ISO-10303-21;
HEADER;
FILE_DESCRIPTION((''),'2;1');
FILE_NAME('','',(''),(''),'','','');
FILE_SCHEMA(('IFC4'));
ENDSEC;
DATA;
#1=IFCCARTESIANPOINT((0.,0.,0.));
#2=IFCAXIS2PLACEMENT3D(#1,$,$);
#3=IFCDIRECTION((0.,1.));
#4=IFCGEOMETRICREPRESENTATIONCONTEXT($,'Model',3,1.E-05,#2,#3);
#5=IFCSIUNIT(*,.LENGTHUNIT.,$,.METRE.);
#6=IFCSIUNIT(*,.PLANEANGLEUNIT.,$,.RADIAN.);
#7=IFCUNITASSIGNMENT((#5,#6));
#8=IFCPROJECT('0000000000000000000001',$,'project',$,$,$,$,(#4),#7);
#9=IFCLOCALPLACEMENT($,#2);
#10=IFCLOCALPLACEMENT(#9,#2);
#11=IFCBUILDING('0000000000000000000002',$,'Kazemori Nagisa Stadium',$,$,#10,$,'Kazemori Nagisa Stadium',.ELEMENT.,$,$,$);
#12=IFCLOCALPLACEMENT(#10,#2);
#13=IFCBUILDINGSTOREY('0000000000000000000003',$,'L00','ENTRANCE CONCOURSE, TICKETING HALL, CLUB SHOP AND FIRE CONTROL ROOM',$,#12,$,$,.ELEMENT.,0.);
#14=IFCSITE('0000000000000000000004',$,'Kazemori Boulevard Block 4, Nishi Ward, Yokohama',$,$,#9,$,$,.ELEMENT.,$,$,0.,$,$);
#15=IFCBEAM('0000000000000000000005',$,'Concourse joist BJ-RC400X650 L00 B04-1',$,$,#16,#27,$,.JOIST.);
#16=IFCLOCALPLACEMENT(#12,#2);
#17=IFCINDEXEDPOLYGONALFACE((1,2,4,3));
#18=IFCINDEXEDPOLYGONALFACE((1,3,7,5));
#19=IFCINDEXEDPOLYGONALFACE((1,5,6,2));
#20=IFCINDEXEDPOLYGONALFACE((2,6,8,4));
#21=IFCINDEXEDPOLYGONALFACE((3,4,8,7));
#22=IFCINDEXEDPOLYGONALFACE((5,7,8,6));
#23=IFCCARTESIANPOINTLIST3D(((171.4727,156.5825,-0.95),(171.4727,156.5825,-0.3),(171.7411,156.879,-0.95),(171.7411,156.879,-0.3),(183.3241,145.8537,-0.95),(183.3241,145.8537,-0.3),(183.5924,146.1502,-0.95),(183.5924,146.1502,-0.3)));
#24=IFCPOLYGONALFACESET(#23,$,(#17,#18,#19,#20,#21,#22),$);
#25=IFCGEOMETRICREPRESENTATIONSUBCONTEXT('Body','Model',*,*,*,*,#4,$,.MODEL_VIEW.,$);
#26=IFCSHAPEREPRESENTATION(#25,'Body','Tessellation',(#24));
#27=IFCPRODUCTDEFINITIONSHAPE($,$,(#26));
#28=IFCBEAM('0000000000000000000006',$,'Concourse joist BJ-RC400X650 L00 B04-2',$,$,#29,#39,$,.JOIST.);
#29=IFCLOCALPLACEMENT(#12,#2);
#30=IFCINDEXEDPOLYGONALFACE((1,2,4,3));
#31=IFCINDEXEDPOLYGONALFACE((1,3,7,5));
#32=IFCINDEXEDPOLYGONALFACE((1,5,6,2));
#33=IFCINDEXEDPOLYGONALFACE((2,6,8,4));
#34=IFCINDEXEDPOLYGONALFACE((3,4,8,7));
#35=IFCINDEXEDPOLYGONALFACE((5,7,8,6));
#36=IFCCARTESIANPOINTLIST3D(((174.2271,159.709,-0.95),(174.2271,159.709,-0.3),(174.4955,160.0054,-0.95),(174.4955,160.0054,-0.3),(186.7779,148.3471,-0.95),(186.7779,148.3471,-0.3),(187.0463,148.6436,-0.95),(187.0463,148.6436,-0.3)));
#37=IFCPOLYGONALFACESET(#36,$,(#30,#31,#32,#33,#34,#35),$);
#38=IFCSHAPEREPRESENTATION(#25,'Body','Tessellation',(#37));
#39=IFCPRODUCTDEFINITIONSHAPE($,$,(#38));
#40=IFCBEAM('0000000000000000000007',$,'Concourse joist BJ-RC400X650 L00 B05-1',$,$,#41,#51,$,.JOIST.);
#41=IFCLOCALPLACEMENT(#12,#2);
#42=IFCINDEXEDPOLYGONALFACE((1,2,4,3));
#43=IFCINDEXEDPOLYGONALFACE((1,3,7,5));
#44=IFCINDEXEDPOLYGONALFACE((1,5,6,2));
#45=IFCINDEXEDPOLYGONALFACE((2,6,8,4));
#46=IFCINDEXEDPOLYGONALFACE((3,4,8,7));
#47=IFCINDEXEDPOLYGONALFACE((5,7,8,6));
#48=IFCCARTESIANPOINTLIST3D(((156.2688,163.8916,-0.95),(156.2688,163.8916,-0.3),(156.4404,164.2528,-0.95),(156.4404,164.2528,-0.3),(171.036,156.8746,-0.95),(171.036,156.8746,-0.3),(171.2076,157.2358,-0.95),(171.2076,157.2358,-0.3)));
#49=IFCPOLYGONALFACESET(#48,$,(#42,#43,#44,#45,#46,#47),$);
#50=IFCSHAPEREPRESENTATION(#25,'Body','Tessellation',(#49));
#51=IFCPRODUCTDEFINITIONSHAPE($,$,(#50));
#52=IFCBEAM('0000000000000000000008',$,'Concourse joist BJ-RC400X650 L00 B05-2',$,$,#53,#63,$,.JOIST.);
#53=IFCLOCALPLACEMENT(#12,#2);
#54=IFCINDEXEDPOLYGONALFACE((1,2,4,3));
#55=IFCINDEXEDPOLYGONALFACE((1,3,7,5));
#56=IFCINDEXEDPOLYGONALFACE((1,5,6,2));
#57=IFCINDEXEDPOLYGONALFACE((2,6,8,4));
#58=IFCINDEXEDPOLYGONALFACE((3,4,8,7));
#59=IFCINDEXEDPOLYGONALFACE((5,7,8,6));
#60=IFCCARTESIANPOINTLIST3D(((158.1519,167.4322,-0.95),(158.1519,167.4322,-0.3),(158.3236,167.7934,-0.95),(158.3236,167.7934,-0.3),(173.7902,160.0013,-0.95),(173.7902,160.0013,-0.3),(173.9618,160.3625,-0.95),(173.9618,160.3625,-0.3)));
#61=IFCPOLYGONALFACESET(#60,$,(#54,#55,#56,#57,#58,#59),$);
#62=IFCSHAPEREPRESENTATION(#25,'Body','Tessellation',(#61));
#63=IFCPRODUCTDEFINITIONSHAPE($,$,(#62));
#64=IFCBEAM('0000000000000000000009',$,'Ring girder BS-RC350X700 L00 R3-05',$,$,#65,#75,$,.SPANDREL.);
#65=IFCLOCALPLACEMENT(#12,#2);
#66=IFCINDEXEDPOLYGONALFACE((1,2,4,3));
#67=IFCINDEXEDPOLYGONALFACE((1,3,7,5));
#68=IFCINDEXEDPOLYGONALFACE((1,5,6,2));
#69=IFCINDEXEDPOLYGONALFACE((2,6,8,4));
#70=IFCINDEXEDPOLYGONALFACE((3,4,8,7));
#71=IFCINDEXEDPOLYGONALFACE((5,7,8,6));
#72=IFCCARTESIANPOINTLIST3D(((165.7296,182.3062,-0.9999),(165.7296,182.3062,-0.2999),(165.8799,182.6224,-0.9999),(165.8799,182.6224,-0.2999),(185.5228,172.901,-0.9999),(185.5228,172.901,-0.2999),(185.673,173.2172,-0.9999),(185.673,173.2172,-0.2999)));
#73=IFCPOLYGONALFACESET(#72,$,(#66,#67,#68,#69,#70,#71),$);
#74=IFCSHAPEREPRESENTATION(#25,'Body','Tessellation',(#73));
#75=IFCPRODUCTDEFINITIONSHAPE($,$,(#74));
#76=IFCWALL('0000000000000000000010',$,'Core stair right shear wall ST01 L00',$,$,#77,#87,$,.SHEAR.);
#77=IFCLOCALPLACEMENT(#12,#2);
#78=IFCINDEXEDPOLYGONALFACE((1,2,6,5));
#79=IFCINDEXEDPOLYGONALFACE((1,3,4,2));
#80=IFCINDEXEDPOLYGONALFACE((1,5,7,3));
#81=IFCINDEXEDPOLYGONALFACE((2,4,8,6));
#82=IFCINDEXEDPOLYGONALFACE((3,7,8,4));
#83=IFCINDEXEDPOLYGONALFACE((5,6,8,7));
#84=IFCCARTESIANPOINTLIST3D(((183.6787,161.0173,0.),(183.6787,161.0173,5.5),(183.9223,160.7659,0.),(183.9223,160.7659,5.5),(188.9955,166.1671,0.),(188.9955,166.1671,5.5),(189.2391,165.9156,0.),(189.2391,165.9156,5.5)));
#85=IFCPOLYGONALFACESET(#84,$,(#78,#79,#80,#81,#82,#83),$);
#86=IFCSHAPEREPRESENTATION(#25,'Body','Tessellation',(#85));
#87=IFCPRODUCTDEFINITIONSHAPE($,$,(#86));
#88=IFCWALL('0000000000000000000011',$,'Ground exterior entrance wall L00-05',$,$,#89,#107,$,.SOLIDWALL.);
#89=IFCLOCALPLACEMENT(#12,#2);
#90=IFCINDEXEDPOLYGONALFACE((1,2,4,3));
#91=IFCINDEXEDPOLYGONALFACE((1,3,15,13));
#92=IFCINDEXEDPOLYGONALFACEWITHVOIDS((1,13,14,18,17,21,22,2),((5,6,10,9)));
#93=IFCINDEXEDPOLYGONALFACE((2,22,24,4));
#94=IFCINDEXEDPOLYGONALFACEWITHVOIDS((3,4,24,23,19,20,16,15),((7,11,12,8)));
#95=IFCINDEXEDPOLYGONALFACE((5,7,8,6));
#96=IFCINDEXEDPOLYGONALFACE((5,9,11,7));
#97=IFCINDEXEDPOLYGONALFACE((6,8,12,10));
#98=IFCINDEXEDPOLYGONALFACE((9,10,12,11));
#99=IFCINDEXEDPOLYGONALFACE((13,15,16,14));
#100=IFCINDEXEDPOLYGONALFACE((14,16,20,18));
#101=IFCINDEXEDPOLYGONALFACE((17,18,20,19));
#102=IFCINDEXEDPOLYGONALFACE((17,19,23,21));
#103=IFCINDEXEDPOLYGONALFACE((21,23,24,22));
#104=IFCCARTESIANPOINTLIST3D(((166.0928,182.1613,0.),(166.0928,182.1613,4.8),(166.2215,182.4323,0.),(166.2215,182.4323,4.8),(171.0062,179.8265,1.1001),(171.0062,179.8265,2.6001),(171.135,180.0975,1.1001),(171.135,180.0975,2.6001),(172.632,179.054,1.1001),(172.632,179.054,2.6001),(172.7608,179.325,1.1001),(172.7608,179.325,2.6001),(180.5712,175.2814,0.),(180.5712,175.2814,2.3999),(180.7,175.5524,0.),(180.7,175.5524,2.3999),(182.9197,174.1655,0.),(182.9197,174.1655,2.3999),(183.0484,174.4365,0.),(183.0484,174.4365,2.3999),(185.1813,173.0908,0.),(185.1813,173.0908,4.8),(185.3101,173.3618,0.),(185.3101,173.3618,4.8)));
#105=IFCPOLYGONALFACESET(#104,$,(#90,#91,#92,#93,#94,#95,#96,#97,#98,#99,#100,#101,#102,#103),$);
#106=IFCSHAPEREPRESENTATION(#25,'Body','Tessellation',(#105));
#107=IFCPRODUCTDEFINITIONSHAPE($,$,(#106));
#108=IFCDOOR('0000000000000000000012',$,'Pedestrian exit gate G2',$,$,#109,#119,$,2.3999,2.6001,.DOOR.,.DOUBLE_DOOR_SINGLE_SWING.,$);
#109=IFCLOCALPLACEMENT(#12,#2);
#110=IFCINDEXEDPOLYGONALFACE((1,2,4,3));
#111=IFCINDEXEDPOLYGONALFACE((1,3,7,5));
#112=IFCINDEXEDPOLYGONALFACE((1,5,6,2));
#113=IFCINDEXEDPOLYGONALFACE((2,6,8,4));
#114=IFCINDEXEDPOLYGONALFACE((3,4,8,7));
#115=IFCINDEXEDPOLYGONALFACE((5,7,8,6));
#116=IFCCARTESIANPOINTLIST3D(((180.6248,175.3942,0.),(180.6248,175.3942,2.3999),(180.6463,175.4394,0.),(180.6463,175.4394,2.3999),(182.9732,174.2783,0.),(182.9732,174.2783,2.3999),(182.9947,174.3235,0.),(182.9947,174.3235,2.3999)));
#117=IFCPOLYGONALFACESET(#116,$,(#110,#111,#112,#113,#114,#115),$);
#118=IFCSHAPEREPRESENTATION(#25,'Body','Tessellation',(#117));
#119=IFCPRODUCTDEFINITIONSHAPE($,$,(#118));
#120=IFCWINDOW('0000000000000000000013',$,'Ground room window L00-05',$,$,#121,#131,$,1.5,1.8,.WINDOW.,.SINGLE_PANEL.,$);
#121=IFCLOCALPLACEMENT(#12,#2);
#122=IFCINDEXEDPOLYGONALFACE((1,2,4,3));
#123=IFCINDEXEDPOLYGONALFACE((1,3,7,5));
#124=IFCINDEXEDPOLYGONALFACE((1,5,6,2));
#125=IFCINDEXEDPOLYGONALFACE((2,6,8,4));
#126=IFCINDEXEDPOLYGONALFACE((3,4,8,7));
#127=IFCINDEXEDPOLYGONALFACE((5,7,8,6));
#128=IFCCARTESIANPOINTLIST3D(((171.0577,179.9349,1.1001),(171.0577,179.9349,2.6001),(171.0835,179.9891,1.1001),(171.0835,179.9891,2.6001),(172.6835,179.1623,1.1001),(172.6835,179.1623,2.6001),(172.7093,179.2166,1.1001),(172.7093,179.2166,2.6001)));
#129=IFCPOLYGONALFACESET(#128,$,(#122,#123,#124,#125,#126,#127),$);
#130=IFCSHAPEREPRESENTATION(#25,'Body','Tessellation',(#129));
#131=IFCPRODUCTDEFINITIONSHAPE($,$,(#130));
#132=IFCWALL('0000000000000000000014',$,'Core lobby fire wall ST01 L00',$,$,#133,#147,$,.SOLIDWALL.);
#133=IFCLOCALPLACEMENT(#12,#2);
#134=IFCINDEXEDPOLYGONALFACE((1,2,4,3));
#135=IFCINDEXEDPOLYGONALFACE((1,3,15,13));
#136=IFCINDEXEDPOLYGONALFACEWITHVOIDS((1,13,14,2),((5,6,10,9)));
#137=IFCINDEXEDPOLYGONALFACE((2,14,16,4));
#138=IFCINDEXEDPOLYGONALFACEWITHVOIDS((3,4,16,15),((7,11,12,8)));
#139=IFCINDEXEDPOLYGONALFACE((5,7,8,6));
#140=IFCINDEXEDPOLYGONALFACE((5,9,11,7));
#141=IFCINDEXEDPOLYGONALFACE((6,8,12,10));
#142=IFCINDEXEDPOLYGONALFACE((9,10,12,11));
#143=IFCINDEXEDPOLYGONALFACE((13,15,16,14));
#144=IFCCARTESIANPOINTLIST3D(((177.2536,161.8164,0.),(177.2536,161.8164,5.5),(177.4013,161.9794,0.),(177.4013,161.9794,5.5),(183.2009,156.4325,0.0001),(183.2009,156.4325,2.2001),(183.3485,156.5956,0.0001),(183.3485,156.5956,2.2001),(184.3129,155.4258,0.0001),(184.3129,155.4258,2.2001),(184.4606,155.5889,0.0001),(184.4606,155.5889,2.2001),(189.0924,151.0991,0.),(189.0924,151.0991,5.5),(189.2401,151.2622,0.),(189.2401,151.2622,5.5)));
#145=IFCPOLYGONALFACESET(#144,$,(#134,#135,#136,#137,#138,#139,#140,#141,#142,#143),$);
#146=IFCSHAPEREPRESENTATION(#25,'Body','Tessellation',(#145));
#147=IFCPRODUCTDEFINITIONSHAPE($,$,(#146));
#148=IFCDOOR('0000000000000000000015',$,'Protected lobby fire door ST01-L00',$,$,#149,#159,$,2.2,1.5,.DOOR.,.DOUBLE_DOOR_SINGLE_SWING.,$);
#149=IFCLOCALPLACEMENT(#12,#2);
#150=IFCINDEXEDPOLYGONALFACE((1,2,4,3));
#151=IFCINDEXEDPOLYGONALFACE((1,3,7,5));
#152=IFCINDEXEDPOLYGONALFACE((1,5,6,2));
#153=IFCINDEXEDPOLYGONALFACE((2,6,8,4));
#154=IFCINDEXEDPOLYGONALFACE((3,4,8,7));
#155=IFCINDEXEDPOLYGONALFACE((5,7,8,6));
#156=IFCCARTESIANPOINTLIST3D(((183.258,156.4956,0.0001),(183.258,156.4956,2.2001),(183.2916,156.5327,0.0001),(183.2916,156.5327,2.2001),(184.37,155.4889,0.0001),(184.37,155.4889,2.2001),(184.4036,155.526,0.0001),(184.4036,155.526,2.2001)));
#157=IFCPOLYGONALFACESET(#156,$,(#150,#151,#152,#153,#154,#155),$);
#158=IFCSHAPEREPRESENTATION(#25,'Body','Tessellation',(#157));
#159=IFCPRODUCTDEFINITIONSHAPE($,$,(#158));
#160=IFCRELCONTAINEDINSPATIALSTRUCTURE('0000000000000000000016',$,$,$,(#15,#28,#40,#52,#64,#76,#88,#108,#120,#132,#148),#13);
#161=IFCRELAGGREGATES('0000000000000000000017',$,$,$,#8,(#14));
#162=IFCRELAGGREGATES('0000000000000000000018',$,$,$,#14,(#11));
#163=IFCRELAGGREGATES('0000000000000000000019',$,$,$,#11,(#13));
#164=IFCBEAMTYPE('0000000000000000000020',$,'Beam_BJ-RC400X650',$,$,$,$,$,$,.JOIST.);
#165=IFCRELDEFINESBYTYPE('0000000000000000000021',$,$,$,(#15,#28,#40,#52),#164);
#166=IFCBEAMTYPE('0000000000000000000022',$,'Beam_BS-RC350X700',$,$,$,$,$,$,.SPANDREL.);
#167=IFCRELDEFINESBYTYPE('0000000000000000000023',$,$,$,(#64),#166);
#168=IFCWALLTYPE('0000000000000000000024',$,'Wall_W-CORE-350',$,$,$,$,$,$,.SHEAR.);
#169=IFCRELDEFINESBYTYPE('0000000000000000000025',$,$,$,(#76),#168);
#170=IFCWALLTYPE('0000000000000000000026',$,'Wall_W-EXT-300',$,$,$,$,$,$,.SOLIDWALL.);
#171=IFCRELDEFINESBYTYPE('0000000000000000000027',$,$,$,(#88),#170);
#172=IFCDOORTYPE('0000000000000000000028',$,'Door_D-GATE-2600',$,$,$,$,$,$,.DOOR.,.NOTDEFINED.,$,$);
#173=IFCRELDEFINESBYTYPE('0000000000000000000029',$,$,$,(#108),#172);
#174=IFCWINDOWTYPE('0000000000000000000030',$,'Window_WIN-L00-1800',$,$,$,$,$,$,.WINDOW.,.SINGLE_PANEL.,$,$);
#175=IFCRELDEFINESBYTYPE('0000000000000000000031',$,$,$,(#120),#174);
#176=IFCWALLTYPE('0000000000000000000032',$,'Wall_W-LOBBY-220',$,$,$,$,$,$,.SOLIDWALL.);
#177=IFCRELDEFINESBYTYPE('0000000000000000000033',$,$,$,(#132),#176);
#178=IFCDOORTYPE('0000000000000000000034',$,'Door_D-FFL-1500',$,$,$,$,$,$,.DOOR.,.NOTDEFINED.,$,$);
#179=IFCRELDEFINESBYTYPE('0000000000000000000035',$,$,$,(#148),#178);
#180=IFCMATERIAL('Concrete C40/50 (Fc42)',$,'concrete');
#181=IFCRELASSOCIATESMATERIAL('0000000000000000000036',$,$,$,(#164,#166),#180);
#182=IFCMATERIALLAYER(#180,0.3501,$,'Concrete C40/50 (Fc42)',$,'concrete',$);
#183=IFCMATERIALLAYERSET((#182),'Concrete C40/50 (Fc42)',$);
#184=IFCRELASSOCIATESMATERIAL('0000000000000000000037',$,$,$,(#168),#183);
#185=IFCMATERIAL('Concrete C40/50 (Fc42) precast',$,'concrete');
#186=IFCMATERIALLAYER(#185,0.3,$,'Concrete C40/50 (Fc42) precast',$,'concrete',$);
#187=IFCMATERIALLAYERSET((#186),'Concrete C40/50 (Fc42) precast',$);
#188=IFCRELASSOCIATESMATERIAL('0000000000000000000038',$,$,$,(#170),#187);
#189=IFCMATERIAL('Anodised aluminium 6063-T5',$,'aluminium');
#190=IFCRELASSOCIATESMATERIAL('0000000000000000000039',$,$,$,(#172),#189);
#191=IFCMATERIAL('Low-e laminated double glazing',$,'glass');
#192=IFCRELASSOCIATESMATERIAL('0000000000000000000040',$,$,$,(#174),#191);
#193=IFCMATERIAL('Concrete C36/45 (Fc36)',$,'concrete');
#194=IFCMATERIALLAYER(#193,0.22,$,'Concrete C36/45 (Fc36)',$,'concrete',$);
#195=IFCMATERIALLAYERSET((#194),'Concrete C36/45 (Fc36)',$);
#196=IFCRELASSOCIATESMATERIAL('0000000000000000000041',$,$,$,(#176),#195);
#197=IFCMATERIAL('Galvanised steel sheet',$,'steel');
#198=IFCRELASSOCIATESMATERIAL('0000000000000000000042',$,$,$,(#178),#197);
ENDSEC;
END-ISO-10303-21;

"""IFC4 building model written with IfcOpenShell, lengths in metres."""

from ifc_helpers import new_model, si_unit, direction, frame, frame_2d, origin, origin_2d, place, context, subcontext, project, spatial, rectangle, extrude, material, layer, layer_set, material_profile, profile_set, type_object, element, fill, save


model = new_model("IFC4")

# Units and contexts
model_context = context("Model", 3, precision=1e-05, world=origin(), true_north=direction((0.0, 1.0)))
body_context = subcontext(model_context, "Body", "Model", "MODEL_VIEW")
ifc_project = project(units=[si_unit("LENGTHUNIT", "METRE"), si_unit("PLANEANGLEUNIT", "RADIAN")], contexts=[model_context])

# Site, building, storey
site_placement = place(None, origin())
site = spatial("IfcSite", under=ifc_project, at=site_placement, Name="Kazemori Boulevard Block 4, Nishi Ward, Yokohama", CompositionType="ELEMENT", RefElevation=0.0)
building_placement = place(site_placement, origin())
building = spatial("IfcBuilding", under=site, at=building_placement, Name="Kazemori Nagisa Stadium", LongName="Kazemori Nagisa Stadium", CompositionType="ELEMENT")
storey_placement = place(building_placement, origin())
storey = spatial("IfcBuildingStorey", under=building, at=storey_placement, Name="L00", Description="ENTRANCE CONCOURSE, TICKETING HALL, CLUB SHOP AND FIRE CONTROL ROOM", CompositionType="ELEMENT", Elevation=0.0)

# Shared definitions
ifc_material_1 = material(Name="Concrete C40/50 (Fc42)", Category="concrete")

# Beams
ifc_material_profile_1 = material_profile(ifc_material_1, rectangle(XDim=0.3999, YDim=0.6499, at=origin_2d()), Name="RC-BM-400x650")
ifc_profile_set_1 = profile_set([ifc_material_profile_1], Name="Concrete C40/50 (Fc42)")
beam_type_1 = type_object("IfcBeamType", Name="Beam_BJ-RC400X650", PredefinedType="JOIST", material=ifc_profile_set_1)
beam_1_placement = place(storey_placement, frame((183.4583, 146.002, -0.625), z_axis=(-0.741345, 0.671124, 0.0), x_axis=(-0.671124, -0.741345, 0.0)))
element("IfcBeam", 1, at=beam_1_placement, inside=storey, type_object=beam_type_1, Name="Concourse joist BJ-RC400X650 L00 B04-1", PredefinedType="JOIST", context=body_context, shape_type="SweptSolid", body=[
    extrude(rectangle(XDim=0.3999, YDim=0.6499, at=origin_2d()), origin(), (0.0, 0.0, 1.0), 15.9863),
])
beam_2_placement = place(storey_placement, frame((186.9121, 148.4954, -0.625), z_axis=(-0.741349, 0.671119, 0.0), x_axis=(-0.671119, -0.741349, 0.0)))
element("IfcBeam", 2, at=beam_2_placement, inside=storey, type_object=beam_type_1, Name="Concourse joist BJ-RC400X650 L00 B04-2", PredefinedType="JOIST", context=body_context, shape_type="SweptSolid", body=[
    extrude(rectangle(XDim=0.3999, YDim=0.6499, at=origin_2d()), origin(), (0.0, 0.0, 1.0), 16.9297),
])
beam_3_placement = place(storey_placement, frame((171.1218, 157.0552, -0.625), z_axis=(-0.903216, 0.429187, 0.0), x_axis=(-0.429187, -0.903216, 0.0)))
element("IfcBeam", 3, at=beam_3_placement, inside=storey, type_object=beam_type_1, Name="Concourse joist BJ-RC400X650 L00 B05-1", PredefinedType="JOIST", context=body_context, shape_type="SweptSolid", body=[
    extrude(rectangle(XDim=0.3999, YDim=0.6499, at=origin_2d()), origin(), (0.0, 0.0, 1.0), 16.3496),
])
beam_4_placement = place(storey_placement, frame((173.876, 160.1819, -0.625), z_axis=(-0.903215, 0.429187, 0.0), x_axis=(-0.429187, -0.903215, 0.0)))
element("IfcBeam", 4, at=beam_4_placement, inside=storey, type_object=beam_type_1, Name="Concourse joist BJ-RC400X650 L00 B05-2", PredefinedType="JOIST", context=body_context, shape_type="SweptSolid", body=[
    extrude(rectangle(XDim=0.3999, YDim=0.6499, at=origin_2d()), origin(), (0.0, 0.0, 1.0), 17.314),
])
ifc_material_profile_2 = material_profile(ifc_material_1, rectangle(XDim=0.3501, YDim=0.7, at=origin_2d()), Name="RC-SP-350x700")
ifc_profile_set_2 = profile_set([ifc_material_profile_2], Name="Concrete C40/50 (Fc42)")
beam_type_2 = type_object("IfcBeamType", Name="Beam_BS-RC350X700", PredefinedType="SPANDREL", material=ifc_profile_set_2)
beam_5_placement = place(storey_placement, frame((185.5979, 173.0591, -0.6499), z_axis=(-0.903216, 0.429187, 0.0), x_axis=(-0.429187, -0.903216, 0.0)))
element("IfcBeam", 5, at=beam_5_placement, inside=storey, type_object=beam_type_2, Name="Ring girder BS-RC350X700 L00 R3-05", PredefinedType="SPANDREL", context=body_context, shape_type="SweptSolid", body=[
    extrude(rectangle(XDim=0.3501, YDim=0.7, at=origin_2d()), origin(), (0.0, 0.0, 1.0), 21.9141),
])

# Wall
ifc_layer_1 = layer(ifc_material_1, 0.3501, Name="Concrete C40/50 (Fc42)", Category="concrete")
ifc_layer_set_1 = layer_set([ifc_layer_1], Name="Concrete C40/50 (Fc42)")
wall_type_1 = type_object("IfcWallType", Name="Wall_W-CORE-350", PredefinedType="SHEAR", material=ifc_layer_set_1)
wall_1_placement = place(storey_placement, frame((183.8005, 160.8916, 0.0), z_axis=(0.0, 0.0, 1.0), x_axis=(0.718297, 0.695736, 0.0)))
element("IfcWall", 6, at=wall_1_placement, inside=storey, type_object=wall_type_1, Name="Core stair right shear wall ST01 L00", PredefinedType="SHEAR", context=body_context, shape_type="SweptSolid", body=[
    extrude(rectangle(XDim=7.4019, YDim=0.3501, at=frame_2d((3.7009, 0.0))), origin(), (0.0, 0.0, 1.0), 5.5),
])

# Wall, openings, door, window
ifc_material_2 = material(Name="Concrete C40/50 (Fc42) precast", Category="concrete")
ifc_layer_2 = layer(ifc_material_2, 0.3, Name="Concrete C40/50 (Fc42) precast", Category="concrete")
ifc_layer_set_2 = layer_set([ifc_layer_2], Name="Concrete C40/50 (Fc42) precast")
wall_type_2 = type_object("IfcWallType", Name="Wall_W-EXT-300", PredefinedType="SOLIDWALL", material=ifc_layer_set_2)
wall_2_placement = place(storey_placement, frame((185.2456, 173.2263, 0.0), z_axis=(0.0, 0.0, 1.0), x_axis=(-0.903214, 0.42919, 0.0)))
wall_2 = element("IfcWall", 7, at=wall_2_placement, inside=storey, type_object=wall_type_2, Name="Ground exterior entrance wall L00-05", PredefinedType="SOLIDWALL", context=body_context, shape_type="SweptSolid", body=[
    extrude(rectangle(XDim=21.134, YDim=0.3, at=frame_2d((10.5669, 0.0))), origin(), (0.0, 0.0, 1.0), 4.8),
])
opening_1_placement = place(wall_2_placement, frame((2.5039, 0.0, 0.0)))
opening_1 = element("IfcOpeningElement", 8, at=opening_1_placement, cuts=wall_2, PredefinedType="OPENING", context=body_context, shape_type="SweptSolid", body=[
    extrude(rectangle(XDim=2.6001, YDim=2.3999, at=frame_2d((1.3, 1.2))), frame((0.0, 0.1599, 0.0), z_axis=(0.0, -1.0, 0.0), x_axis=(1.0, 0.0, 0.0)), (0.0, 0.0, 1.0), 0.3201),
])
opening_2_placement = place(wall_2_placement, frame((13.894, 0.0, 1.1001)))
opening_2 = element("IfcOpeningElement", 9, at=opening_2_placement, cuts=wall_2, PredefinedType="OPENING", context=body_context, shape_type="SweptSolid", body=[
    extrude(rectangle(XDim=1.8, YDim=1.5, at=frame_2d((0.8999, 0.75))), frame((0.0, 0.1599, 0.0), z_axis=(0.0, -1.0, 0.0), x_axis=(1.0, 0.0, 0.0)), (0.0, 0.0, 1.0), 0.3201),
])
ifc_material_3 = material(Name="Anodised aluminium 6063-T5", Category="aluminium")
door_type_1 = type_object("IfcDoorType", Name="Door_D-GATE-2600", OperationType="NOTDEFINED", PredefinedType="DOOR", material=ifc_material_3)
door_1_placement = place(opening_1_placement, frame((2.6001, 0.0, 0.0), z_axis=(0.0, 0.0, 1.0), x_axis=(-1.0, 0.0, 0.0)))
door_1 = element("IfcDoor", 10, at=door_1_placement, inside=storey, type_object=door_type_1, Name="Pedestrian exit gate G2", OperationType="DOUBLE_DOOR_SINGLE_SWING", OverallHeight=2.3999, OverallWidth=2.6001, PredefinedType="DOOR", context=body_context, shape_type="SweptSolid", body=[
    extrude(rectangle(XDim=2.6001, YDim=2.3999, at=frame_2d((1.3, 1.2))), frame((0.0, 0.0249, 0.0), z_axis=(0.0, -1.0, 0.0), x_axis=(1.0, 0.0, 0.0)), (0.0, 0.0, 1.0), 0.05),
])
fill(opening_1, door_1)
ifc_material_4 = material(Name="Low-e laminated double glazing", Category="glass")
window_type = type_object("IfcWindowType", Name="Window_WIN-L00-1800", PartitioningType="SINGLE_PANEL", PredefinedType="WINDOW", material=ifc_material_4)
window_placement = place(opening_2_placement, origin())
window = element("IfcWindow", 11, at=window_placement, inside=storey, type_object=window_type, Name="Ground room window L00-05", OverallHeight=1.5, OverallWidth=1.8, PartitioningType="SINGLE_PANEL", PredefinedType="WINDOW", context=body_context, shape_type="SweptSolid", body=[
    extrude(rectangle(XDim=1.8, YDim=1.5, at=frame_2d((0.8999, 0.75))), frame((0.0, 0.03, 0.0), z_axis=(0.0, -1.0, 0.0), x_axis=(1.0, 0.0, 0.0)), (0.0, 0.0, 1.0), 0.0601),
])
fill(opening_2, window)

# Wall, opening, door
ifc_material_5 = material(Name="Concrete C36/45 (Fc36)", Category="concrete")
ifc_layer_3 = layer(ifc_material_5, 0.22, Name="Concrete C36/45 (Fc36)", Category="concrete")
ifc_layer_set_3 = layer_set([ifc_layer_3], Name="Concrete C36/45 (Fc36)")
wall_type_3 = type_object("IfcWallType", Name="Wall_W-LOBBY-220", PredefinedType="SOLIDWALL", material=ifc_layer_set_3)
wall_3_placement = place(storey_placement, frame((189.1663, 151.1807, 0.0), z_axis=(0.0, 0.0, 1.0), x_axis=(-0.741351, 0.671117, 0.0)))
wall_3 = element("IfcWall", 12, at=wall_3_placement, inside=storey, type_object=wall_type_3, Name="Core lobby fire wall ST01 L00", PredefinedType="SOLIDWALL", context=body_context, shape_type="SweptSolid", body=[
    extrude(rectangle(XDim=15.9692, YDim=0.22, at=frame_2d((7.9846, 0.0))), origin(), (0.0, 0.0, 1.0), 5.5),
])
opening_3_placement = place(wall_3_placement, frame((6.447, 0.0, 0.0)))
opening_3 = element("IfcOpeningElement", 13, at=opening_3_placement, cuts=wall_3, PredefinedType="OPENING", context=body_context, shape_type="SweptSolid", body=[
    extrude(rectangle(XDim=1.5, YDim=2.2, at=frame_2d((0.75, 1.1001))), frame((0.0, 0.1199, 0.0), z_axis=(0.0, -1.0, 0.0), x_axis=(1.0, 0.0, 0.0)), (0.0, 0.0, 1.0), 0.24),
])
ifc_material_6 = material(Name="Galvanised steel sheet", Category="steel")
door_type_2 = type_object("IfcDoorType", Name="Door_D-FFL-1500", OperationType="NOTDEFINED", PredefinedType="DOOR", material=ifc_material_6)
door_2_placement = place(opening_3_placement, origin())
door_2 = element("IfcDoor", 14, at=door_2_placement, inside=storey, type_object=door_type_2, Name="Protected lobby fire door ST01-L00", OperationType="DOUBLE_DOOR_SINGLE_SWING", OverallHeight=2.2, OverallWidth=1.5, PredefinedType="DOOR", context=body_context, shape_type="SweptSolid", body=[
    extrude(rectangle(XDim=1.5, YDim=2.2, at=frame_2d((0.75, 1.1001))), frame((0.0, 0.0249, 0.0), z_axis=(0.0, -1.0, 0.0), x_axis=(1.0, 0.0, 0.0)), (0.0, 0.0, 1.0), 0.05),
])
fill(opening_3, door_2)

save(model, "model.ifc")
